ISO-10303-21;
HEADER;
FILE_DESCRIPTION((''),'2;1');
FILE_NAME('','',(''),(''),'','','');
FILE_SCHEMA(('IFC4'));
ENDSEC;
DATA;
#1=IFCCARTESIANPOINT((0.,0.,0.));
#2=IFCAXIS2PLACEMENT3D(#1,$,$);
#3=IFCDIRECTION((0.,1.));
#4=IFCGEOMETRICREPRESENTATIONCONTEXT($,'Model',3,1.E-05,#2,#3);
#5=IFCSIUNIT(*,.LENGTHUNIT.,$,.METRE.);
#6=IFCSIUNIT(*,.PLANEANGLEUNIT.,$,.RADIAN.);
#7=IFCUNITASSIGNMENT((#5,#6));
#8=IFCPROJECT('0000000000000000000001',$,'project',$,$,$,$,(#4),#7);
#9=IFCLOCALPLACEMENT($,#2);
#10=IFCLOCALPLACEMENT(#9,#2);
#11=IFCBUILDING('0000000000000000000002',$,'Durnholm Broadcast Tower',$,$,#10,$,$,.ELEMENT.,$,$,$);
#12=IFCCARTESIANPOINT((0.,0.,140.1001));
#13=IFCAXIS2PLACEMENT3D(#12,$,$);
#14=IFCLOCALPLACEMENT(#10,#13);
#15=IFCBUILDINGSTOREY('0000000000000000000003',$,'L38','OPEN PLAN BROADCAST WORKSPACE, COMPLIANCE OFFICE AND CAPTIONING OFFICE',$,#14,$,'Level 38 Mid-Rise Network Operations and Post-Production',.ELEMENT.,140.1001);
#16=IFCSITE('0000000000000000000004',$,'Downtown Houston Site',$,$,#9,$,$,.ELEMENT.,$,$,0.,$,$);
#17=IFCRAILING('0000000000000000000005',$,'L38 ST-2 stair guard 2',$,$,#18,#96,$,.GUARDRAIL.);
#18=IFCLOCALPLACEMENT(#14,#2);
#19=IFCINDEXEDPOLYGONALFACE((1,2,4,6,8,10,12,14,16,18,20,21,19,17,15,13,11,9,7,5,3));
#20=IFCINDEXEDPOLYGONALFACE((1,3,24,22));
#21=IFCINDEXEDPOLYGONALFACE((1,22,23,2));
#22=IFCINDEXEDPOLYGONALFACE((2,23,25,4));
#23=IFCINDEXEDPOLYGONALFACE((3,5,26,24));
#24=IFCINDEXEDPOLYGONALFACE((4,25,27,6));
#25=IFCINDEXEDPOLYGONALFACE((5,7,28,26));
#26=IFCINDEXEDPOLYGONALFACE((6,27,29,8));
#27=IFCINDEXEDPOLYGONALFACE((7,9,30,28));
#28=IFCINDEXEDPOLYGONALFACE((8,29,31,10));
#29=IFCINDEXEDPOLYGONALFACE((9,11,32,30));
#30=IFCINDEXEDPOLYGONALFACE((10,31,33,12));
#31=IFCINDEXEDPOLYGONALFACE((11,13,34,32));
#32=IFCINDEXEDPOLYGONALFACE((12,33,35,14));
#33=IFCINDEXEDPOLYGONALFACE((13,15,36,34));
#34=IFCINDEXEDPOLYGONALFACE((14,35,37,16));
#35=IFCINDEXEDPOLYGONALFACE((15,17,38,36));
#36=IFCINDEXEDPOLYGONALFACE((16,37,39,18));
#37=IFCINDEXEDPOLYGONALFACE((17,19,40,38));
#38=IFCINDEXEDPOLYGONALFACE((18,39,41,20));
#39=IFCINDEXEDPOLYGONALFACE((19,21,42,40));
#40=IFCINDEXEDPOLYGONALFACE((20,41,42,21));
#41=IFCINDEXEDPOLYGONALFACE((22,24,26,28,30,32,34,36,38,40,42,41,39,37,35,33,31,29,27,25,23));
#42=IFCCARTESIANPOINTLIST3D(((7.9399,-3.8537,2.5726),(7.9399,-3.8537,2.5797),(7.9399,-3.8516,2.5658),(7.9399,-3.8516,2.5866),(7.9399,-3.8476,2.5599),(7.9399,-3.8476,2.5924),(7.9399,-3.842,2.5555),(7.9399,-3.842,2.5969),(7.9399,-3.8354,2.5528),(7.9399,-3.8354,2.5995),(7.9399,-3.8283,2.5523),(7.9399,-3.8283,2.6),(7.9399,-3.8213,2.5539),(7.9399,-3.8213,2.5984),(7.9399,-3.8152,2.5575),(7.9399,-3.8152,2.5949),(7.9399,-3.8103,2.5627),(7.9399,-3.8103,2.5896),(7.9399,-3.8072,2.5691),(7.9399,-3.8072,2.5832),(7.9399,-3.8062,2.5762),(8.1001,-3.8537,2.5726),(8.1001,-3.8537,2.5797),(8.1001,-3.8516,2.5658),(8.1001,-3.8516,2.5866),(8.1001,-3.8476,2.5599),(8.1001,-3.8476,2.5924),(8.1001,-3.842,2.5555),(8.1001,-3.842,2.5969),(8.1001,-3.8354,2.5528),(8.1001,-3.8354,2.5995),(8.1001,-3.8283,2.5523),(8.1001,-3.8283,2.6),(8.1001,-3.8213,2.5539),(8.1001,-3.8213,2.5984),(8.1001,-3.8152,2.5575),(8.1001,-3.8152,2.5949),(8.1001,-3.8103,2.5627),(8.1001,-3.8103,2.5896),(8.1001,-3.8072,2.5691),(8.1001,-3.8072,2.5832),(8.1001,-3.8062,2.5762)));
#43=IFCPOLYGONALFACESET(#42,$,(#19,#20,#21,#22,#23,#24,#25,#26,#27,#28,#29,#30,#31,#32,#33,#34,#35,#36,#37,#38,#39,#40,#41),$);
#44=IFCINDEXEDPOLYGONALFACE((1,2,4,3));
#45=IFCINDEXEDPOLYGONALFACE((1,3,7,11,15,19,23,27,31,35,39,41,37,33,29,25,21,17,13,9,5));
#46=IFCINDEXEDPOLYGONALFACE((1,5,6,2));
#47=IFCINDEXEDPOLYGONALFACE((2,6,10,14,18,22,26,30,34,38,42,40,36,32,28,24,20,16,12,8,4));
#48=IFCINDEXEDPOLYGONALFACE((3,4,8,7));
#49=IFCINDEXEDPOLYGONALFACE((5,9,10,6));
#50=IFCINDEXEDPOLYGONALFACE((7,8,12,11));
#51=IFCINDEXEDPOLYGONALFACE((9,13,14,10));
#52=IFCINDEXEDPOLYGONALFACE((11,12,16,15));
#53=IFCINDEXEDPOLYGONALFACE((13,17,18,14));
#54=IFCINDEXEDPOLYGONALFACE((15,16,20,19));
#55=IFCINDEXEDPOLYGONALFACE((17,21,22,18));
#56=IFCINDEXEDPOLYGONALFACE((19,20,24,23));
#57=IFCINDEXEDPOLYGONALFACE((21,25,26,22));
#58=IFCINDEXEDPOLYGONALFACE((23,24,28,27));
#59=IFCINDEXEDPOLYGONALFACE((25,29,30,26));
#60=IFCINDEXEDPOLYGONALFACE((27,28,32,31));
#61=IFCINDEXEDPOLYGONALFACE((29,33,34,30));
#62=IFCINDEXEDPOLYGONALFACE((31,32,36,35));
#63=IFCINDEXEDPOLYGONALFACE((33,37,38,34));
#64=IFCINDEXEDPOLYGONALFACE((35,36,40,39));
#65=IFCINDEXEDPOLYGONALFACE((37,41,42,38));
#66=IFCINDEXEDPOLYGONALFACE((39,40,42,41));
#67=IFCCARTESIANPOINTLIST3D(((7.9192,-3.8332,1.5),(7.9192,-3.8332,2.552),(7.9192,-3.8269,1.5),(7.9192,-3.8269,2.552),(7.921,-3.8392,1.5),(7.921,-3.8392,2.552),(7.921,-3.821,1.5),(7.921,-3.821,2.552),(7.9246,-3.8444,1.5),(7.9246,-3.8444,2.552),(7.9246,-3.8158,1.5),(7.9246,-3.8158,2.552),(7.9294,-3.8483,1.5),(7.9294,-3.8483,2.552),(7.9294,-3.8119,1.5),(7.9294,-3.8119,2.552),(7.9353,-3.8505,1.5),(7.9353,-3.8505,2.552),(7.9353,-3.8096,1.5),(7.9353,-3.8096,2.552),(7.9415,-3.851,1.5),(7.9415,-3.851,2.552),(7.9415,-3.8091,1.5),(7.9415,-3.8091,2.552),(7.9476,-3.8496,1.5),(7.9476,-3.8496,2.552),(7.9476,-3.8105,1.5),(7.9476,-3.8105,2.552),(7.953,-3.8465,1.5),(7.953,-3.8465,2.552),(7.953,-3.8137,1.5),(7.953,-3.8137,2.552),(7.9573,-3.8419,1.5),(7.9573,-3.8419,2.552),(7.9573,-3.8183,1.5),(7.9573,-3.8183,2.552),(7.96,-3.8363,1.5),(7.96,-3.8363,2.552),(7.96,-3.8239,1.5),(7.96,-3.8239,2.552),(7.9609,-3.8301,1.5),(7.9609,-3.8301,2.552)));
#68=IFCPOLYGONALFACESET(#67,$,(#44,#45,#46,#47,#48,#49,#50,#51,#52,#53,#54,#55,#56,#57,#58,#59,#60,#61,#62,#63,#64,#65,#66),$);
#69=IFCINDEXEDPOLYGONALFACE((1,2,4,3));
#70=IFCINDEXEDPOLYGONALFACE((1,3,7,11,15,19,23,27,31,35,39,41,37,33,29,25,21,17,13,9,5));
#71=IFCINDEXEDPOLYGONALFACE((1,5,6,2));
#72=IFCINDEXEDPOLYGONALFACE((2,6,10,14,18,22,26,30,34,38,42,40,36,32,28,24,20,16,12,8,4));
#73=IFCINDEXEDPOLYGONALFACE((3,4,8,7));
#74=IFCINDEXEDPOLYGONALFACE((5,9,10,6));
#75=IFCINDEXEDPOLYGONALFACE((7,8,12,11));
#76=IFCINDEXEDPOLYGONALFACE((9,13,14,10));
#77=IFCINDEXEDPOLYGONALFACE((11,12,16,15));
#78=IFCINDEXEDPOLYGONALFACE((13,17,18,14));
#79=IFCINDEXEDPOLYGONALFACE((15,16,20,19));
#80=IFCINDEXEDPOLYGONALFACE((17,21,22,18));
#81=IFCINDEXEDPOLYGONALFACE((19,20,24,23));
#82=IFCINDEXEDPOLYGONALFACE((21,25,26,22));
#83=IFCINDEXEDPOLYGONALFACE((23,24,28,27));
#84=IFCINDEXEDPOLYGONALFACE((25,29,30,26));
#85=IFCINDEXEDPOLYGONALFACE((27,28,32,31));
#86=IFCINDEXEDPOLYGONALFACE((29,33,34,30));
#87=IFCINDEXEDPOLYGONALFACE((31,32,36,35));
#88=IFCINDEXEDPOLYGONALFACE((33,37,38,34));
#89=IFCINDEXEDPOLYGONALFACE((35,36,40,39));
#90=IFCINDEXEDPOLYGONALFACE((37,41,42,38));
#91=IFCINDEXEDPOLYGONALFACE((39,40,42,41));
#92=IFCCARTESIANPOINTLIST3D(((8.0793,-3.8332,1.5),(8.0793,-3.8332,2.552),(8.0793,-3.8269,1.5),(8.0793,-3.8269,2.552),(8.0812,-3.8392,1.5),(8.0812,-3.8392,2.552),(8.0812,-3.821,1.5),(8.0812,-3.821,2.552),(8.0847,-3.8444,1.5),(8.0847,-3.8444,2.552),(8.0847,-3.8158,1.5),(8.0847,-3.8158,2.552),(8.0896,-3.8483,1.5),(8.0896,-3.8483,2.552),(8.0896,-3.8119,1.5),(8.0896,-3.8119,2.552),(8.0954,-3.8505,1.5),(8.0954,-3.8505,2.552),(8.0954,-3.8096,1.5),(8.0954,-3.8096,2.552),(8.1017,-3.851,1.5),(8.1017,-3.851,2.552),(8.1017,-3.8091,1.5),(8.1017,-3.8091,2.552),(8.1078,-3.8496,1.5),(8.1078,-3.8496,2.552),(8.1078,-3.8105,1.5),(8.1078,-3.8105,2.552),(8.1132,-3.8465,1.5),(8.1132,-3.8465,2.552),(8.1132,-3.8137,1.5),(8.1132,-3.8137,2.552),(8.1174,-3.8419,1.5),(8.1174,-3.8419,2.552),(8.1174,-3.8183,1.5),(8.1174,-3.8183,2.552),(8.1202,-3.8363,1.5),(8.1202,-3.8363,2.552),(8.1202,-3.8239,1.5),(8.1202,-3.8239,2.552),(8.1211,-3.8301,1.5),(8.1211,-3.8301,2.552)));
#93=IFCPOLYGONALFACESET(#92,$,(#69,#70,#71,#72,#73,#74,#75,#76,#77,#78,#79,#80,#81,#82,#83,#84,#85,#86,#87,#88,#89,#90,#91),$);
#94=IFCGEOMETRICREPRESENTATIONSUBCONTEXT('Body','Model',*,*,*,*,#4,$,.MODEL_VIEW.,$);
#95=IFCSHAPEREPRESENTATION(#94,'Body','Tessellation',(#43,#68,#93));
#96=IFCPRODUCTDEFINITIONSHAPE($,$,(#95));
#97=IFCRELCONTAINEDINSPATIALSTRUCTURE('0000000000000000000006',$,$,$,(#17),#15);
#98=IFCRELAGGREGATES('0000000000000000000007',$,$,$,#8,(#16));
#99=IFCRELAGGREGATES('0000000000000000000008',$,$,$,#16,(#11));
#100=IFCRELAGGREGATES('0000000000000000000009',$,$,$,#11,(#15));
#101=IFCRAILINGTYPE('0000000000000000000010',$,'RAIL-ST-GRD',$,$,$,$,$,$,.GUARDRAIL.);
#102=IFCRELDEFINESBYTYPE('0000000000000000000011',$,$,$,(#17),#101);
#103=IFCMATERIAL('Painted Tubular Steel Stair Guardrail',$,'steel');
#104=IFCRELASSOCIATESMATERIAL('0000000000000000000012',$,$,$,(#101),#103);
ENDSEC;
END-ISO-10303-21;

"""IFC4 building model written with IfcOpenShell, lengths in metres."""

from ifc_helpers import new_model, si_unit, direction, frame, origin, origin_2d, place, context, subcontext, project, spatial, circle, extrude, material, type_object, element, save


model = new_model("IFC4")

# Units and contexts
model_context = context("Model", 3, precision=1e-05, world=origin(), true_north=direction((0.0, 1.0)))
body_context = subcontext(model_context, "Body", "Model", "MODEL_VIEW")
ifc_project = project(units=[si_unit("LENGTHUNIT", "METRE"), si_unit("PLANEANGLEUNIT", "RADIAN")], contexts=[model_context])

# Site, building, storey
site_placement = place(None, origin())
site = spatial("IfcSite", under=ifc_project, at=site_placement, Name="Downtown Houston Site", CompositionType="ELEMENT", RefElevation=0.0)
building_placement = place(site_placement, origin())
building = spatial("IfcBuilding", under=site, at=building_placement, Name="Durnholm Broadcast Tower", CompositionType="ELEMENT")
storey_placement = place(building_placement, frame((0.0, 0.0, 140.1001)))
storey = spatial("IfcBuildingStorey", under=building, at=storey_placement, Name="L38", Description="OPEN PLAN BROADCAST WORKSPACE, COMPLIANCE OFFICE AND CAPTIONING OFFICE", LongName="Level 38 Mid-Rise Network Operations and Post-Production", CompositionType="ELEMENT", Elevation=140.1001)

# Railing
ifc_material_1 = material(Name="Painted Tubular Steel Stair Guardrail", Category="steel")
railing_type_1 = type_object("IfcRailingType", Name="RAIL-ST-GRD", PredefinedType="GUARDRAIL", material=ifc_material_1)
railing_1_placement = place(storey_placement, frame((7.9399, -3.8301, 1.5)))
element("IfcRailing", 1, at=railing_1_placement, inside=storey, type_object=railing_type_1, Name="L38 ST-2 stair guard 2", PredefinedType="GUARDRAIL", context=body_context, shape_type="SweptSolid", body=[
    extrude(circle(Radius=0.0239, at=origin_2d()), frame((0.0, 0.0, 1.0762), z_axis=(1.0, 0.0, 0.0), x_axis=(0.0, 1.0, 0.0)), (0.0, 0.0, 1.0), 0.1602),
    extrude(circle(Radius=0.021, at=origin_2d()), origin(), (0.0, 0.0, 1.0), 1.052),
    extrude(circle(Radius=0.021, at=origin_2d()), frame((0.1602, 0.0, 0.0)), (0.0, 0.0, 1.0), 1.052),
])

save(model, "model.ifc")
